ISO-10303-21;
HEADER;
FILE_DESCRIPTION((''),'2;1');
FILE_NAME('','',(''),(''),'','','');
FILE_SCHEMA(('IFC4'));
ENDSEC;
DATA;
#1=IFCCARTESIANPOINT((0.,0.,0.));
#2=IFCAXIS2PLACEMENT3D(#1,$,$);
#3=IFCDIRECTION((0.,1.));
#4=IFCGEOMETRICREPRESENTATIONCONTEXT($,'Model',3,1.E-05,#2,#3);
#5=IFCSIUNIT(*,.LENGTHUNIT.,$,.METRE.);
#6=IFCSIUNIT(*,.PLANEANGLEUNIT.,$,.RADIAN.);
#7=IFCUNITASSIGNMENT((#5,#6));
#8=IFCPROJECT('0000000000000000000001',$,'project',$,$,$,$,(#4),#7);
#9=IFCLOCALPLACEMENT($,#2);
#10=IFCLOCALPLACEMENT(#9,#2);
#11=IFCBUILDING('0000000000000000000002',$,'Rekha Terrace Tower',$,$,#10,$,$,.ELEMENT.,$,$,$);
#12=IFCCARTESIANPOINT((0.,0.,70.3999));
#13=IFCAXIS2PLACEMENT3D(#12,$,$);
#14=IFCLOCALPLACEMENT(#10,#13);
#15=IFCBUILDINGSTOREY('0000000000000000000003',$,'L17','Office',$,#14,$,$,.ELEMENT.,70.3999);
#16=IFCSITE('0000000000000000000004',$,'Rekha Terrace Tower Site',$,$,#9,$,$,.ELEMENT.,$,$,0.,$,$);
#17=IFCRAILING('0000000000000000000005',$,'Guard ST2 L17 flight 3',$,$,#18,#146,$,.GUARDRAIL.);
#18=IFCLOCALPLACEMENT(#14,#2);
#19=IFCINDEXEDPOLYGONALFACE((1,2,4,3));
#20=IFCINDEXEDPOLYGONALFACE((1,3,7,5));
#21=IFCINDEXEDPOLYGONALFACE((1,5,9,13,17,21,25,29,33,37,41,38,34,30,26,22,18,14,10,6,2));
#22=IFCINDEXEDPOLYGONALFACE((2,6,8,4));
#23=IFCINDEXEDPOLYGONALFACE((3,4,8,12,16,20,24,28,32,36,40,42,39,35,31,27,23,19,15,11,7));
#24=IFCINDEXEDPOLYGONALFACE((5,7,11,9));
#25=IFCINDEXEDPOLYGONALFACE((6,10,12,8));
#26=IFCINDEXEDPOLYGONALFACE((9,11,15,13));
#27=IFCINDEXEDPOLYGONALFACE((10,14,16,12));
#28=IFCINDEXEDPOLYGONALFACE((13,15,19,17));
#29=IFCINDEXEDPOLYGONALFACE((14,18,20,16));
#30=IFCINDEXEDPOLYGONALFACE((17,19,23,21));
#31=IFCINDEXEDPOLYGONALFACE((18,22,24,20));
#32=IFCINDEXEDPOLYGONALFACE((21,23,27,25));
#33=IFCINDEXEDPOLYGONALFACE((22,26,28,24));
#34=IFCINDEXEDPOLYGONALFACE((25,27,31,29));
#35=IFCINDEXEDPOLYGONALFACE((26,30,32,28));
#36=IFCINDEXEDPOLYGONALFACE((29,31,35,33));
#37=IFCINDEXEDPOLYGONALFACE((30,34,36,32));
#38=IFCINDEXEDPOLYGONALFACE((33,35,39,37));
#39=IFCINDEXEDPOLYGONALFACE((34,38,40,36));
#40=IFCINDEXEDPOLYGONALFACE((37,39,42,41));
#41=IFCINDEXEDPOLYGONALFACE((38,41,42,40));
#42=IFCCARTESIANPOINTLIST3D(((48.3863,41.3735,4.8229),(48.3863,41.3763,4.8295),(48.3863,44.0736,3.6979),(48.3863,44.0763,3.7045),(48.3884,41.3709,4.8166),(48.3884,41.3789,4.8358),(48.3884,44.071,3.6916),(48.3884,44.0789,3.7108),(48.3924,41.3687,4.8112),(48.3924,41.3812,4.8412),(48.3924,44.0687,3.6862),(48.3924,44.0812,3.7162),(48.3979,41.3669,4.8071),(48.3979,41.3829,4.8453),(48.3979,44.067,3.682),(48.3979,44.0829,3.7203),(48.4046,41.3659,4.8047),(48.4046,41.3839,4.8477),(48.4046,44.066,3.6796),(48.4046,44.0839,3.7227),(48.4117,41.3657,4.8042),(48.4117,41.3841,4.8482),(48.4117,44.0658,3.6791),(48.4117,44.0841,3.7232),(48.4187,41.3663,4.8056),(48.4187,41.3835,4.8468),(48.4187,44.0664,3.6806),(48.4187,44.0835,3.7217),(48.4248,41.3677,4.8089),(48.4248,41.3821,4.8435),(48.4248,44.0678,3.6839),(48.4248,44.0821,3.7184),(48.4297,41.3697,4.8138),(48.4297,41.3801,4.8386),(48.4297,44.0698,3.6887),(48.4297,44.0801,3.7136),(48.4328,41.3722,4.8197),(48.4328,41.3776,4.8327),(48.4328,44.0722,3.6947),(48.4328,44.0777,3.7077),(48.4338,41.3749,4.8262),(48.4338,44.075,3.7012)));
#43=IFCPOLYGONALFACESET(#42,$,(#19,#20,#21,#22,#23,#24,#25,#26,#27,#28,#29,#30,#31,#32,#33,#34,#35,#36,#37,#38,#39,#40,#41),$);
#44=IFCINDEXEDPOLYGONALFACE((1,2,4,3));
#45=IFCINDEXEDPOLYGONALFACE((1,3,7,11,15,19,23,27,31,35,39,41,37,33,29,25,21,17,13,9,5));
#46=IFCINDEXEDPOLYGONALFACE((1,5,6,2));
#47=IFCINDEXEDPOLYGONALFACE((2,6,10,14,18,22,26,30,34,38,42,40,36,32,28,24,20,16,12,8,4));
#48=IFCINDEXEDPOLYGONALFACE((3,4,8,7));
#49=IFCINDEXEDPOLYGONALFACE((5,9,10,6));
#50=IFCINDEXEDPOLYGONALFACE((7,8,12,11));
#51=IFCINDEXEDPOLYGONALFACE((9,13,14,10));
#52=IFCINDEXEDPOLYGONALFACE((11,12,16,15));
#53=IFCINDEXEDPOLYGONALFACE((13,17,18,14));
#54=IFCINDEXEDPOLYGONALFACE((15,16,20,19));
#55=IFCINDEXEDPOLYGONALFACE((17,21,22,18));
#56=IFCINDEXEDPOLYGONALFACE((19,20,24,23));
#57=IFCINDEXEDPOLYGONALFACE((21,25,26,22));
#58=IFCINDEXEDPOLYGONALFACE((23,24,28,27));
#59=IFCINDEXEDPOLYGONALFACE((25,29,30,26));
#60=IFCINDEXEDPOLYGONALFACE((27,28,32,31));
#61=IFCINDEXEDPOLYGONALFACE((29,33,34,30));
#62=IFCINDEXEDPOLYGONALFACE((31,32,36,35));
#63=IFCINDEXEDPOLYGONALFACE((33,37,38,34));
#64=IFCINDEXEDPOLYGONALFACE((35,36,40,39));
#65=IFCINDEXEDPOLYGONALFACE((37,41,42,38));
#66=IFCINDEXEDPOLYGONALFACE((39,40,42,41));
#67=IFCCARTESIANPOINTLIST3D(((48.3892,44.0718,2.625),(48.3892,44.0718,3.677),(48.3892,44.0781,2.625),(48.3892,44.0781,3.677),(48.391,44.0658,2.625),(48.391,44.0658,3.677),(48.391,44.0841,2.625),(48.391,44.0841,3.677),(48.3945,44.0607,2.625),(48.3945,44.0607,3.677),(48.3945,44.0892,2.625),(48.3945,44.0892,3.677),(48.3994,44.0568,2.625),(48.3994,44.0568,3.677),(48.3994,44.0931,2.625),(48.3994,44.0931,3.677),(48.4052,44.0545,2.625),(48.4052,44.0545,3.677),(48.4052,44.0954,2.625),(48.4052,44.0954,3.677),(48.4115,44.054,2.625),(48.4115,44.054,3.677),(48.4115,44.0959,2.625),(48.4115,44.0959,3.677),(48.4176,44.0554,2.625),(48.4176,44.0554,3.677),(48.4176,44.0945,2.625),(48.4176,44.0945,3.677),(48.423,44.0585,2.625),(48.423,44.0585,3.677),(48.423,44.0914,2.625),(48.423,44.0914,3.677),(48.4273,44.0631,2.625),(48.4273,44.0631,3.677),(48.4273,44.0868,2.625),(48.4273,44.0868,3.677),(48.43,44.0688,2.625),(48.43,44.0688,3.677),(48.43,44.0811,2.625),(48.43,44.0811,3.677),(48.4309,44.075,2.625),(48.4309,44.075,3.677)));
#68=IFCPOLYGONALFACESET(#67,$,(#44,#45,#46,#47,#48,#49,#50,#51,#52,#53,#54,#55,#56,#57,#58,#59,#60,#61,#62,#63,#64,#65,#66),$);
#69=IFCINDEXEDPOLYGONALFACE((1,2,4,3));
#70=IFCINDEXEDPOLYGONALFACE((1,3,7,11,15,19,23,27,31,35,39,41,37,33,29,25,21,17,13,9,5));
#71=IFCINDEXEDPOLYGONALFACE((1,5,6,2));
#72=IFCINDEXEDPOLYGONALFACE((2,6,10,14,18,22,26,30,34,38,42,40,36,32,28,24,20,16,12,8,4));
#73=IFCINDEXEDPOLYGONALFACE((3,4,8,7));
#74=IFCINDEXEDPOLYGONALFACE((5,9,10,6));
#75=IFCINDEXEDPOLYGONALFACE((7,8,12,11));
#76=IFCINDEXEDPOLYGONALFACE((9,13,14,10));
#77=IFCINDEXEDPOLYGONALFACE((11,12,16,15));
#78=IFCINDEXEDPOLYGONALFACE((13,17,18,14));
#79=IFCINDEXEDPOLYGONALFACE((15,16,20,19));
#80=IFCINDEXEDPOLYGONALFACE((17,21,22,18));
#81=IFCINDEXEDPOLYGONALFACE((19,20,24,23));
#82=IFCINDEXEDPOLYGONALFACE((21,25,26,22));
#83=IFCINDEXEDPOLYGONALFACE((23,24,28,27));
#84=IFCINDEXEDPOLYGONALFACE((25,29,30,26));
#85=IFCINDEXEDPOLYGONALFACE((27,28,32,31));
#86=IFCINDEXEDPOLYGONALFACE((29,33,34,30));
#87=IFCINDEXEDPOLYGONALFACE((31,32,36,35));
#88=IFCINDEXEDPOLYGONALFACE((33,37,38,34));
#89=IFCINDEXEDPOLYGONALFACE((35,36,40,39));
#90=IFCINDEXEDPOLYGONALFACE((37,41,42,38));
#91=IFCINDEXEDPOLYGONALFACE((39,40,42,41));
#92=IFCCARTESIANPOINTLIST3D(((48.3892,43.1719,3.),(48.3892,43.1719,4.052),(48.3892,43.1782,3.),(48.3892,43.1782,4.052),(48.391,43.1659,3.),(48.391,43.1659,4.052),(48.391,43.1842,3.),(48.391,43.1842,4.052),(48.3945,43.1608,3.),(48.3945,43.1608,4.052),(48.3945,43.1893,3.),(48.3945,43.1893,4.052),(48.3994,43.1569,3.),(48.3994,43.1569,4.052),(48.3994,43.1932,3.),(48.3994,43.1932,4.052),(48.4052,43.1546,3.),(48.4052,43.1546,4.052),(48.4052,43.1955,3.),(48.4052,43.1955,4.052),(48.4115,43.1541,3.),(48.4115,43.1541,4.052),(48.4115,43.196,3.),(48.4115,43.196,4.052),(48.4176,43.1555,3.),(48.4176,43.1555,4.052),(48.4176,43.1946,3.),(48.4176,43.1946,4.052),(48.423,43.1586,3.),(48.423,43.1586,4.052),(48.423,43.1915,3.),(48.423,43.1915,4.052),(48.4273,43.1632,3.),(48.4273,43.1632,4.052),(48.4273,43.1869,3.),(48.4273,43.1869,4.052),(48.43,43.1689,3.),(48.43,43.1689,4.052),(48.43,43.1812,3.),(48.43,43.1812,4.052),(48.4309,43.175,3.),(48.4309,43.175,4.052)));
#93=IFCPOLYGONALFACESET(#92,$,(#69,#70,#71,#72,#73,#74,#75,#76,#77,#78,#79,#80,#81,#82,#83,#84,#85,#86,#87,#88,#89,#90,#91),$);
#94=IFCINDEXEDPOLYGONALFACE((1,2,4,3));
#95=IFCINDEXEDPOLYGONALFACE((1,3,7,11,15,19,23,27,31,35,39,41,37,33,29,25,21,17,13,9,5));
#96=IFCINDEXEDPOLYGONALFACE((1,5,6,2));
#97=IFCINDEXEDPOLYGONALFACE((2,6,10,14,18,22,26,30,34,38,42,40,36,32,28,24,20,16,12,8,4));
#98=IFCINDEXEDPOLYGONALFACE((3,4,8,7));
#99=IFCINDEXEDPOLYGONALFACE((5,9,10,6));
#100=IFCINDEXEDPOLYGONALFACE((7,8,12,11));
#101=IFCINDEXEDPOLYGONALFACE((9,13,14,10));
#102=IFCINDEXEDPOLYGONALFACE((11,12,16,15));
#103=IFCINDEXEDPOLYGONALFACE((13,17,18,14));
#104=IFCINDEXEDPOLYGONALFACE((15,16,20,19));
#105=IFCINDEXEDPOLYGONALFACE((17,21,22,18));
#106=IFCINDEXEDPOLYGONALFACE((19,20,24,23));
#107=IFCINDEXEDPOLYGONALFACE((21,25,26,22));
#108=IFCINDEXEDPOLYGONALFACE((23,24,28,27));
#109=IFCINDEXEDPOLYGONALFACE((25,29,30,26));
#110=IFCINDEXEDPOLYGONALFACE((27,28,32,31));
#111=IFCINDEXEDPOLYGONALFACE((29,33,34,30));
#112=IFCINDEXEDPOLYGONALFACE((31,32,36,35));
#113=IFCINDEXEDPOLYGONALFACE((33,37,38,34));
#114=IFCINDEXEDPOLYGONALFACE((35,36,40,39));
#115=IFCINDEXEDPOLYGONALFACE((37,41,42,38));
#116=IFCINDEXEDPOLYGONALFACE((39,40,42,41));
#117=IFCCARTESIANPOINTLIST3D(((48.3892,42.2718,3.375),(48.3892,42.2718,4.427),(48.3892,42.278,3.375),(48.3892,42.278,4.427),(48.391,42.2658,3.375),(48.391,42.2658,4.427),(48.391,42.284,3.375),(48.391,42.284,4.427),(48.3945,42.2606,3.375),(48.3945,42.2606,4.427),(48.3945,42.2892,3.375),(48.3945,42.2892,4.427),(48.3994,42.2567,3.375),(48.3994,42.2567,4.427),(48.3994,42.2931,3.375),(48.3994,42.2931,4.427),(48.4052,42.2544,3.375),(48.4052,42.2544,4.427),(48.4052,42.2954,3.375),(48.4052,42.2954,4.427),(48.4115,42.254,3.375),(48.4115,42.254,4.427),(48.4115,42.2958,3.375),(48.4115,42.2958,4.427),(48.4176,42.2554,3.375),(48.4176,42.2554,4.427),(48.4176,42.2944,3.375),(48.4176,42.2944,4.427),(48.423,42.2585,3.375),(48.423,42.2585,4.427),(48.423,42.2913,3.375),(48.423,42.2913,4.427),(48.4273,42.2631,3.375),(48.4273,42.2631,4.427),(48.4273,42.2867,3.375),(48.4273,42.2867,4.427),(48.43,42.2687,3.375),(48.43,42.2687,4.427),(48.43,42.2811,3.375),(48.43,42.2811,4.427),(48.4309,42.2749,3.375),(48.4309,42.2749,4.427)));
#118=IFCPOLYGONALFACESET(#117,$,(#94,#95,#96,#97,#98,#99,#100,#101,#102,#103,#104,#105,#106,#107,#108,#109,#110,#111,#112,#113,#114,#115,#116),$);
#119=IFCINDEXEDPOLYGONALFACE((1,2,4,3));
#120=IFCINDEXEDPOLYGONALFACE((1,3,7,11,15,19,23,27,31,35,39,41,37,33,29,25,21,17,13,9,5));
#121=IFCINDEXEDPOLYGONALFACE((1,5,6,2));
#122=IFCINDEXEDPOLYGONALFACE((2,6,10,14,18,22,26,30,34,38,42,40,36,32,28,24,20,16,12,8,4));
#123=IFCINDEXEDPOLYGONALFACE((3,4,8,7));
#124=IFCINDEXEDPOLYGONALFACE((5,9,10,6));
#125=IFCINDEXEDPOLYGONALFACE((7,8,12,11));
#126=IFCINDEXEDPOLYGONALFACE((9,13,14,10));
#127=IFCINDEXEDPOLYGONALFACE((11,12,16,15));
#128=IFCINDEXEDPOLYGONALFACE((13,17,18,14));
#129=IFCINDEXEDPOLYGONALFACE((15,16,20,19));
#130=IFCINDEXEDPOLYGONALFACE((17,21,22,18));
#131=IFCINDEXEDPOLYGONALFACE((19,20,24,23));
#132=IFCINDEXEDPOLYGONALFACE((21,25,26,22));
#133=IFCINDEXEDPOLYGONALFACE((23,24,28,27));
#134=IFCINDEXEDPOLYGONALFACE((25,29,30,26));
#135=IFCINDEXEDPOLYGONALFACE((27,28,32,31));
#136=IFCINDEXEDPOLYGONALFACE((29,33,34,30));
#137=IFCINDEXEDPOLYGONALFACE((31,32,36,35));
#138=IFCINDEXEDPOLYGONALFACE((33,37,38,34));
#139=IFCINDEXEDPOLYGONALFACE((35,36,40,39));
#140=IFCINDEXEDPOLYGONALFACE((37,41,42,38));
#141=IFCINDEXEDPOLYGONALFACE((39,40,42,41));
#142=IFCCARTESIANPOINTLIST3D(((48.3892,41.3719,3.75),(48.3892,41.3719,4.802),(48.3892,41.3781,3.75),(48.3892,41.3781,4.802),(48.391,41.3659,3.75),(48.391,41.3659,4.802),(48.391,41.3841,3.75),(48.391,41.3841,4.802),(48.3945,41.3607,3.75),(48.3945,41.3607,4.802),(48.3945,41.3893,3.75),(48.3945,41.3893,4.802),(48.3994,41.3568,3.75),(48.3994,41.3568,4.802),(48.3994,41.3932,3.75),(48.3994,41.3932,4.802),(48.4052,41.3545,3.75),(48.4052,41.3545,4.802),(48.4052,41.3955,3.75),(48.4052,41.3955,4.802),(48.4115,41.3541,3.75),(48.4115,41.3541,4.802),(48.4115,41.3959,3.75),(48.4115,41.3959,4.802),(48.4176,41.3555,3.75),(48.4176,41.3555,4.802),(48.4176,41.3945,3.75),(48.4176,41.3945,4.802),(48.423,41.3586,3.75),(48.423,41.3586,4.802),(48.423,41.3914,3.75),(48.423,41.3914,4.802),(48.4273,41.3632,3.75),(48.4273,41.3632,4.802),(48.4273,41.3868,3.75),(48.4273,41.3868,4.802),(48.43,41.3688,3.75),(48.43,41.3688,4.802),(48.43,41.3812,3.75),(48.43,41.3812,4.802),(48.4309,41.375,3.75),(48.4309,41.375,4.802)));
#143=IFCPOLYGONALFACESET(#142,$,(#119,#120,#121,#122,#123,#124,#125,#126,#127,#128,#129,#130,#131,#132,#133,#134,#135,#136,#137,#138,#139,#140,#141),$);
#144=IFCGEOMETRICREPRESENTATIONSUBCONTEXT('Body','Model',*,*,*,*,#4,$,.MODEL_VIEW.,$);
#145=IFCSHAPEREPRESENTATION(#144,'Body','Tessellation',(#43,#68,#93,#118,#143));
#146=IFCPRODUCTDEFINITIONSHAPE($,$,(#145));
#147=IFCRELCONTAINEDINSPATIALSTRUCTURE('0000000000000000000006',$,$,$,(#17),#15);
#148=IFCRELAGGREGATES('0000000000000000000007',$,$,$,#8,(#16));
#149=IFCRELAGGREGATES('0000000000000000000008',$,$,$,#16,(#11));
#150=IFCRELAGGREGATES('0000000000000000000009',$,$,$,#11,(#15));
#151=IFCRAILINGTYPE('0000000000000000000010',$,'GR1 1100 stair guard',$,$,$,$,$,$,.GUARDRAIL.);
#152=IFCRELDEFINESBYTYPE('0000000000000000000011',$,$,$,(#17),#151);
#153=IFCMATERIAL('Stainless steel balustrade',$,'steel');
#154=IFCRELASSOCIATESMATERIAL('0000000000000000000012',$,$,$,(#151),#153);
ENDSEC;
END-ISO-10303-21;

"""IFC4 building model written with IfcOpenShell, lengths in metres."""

from ifc_helpers import new_model, si_unit, direction, frame, origin, origin_2d, place, context, subcontext, project, spatial, circle, extrude, material, type_object, element, save


model = new_model("IFC4")

# Units and contexts
model_context = context("Model", 3, precision=1e-05, world=origin(), true_north=direction((0.0, 1.0)))
body_context = subcontext(model_context, "Body", "Model", "MODEL_VIEW")
ifc_project = project(units=[si_unit("LENGTHUNIT", "METRE"), si_unit("PLANEANGLEUNIT", "RADIAN")], contexts=[model_context])

# Site, building, storey
site_placement = place(None, origin())
site = spatial("IfcSite", under=ifc_project, at=site_placement, Name="Rekha Terrace Tower Site", CompositionType="ELEMENT", RefElevation=0.0)
building_placement = place(site_placement, origin())
building = spatial("IfcBuilding", under=site, at=building_placement, Name="Rekha Terrace Tower", CompositionType="ELEMENT")
storey_placement = place(building_placement, frame((0.0, 0.0, 70.3999)))
storey = spatial("IfcBuildingStorey", under=building, at=storey_placement, Name="L17", Description="Office", CompositionType="ELEMENT", Elevation=70.3999)

# Railing
ifc_material_1 = material(Name="Stainless steel balustrade", Category="steel")
railing_type_1 = type_object("IfcRailingType", Name="GR1 1100 stair guard", PredefinedType="GUARDRAIL", material=ifc_material_1)
railing_1_placement = place(storey_placement, frame((48.4099, 44.075, 2.625)))
element("IfcRailing", 1, at=railing_1_placement, inside=storey, type_object=railing_type_1, Name="Guard ST2 L17 flight 3", PredefinedType="GUARDRAIL", context=body_context, shape_type="SweptSolid", body=[
    extrude(circle(Radius=0.0239, at=origin_2d()), frame((0.0, 0.0, 1.0762), z_axis=(0.0, -0.923074, 0.384621), x_axis=(1.0, 0.0, 0.0)), (0.0, 0.0, 1.0), 2.925),
    extrude(circle(Radius=0.021, at=origin_2d()), origin(), (0.0, 0.0, 1.0), 1.052),
    extrude(circle(Radius=0.021, at=origin_2d()), frame((0.0, -0.8999, 0.375)), (0.0, 0.0, 1.0), 1.052),
    extrude(circle(Radius=0.021, at=origin_2d()), frame((0.0, -1.8, 0.75)), (0.0, 0.0, 1.0), 1.052),
    extrude(circle(Radius=0.021, at=origin_2d()), frame((0.0, -2.7, 1.125)), (0.0, 0.0, 1.0), 1.052),
])

save(model, "model.ifc")
